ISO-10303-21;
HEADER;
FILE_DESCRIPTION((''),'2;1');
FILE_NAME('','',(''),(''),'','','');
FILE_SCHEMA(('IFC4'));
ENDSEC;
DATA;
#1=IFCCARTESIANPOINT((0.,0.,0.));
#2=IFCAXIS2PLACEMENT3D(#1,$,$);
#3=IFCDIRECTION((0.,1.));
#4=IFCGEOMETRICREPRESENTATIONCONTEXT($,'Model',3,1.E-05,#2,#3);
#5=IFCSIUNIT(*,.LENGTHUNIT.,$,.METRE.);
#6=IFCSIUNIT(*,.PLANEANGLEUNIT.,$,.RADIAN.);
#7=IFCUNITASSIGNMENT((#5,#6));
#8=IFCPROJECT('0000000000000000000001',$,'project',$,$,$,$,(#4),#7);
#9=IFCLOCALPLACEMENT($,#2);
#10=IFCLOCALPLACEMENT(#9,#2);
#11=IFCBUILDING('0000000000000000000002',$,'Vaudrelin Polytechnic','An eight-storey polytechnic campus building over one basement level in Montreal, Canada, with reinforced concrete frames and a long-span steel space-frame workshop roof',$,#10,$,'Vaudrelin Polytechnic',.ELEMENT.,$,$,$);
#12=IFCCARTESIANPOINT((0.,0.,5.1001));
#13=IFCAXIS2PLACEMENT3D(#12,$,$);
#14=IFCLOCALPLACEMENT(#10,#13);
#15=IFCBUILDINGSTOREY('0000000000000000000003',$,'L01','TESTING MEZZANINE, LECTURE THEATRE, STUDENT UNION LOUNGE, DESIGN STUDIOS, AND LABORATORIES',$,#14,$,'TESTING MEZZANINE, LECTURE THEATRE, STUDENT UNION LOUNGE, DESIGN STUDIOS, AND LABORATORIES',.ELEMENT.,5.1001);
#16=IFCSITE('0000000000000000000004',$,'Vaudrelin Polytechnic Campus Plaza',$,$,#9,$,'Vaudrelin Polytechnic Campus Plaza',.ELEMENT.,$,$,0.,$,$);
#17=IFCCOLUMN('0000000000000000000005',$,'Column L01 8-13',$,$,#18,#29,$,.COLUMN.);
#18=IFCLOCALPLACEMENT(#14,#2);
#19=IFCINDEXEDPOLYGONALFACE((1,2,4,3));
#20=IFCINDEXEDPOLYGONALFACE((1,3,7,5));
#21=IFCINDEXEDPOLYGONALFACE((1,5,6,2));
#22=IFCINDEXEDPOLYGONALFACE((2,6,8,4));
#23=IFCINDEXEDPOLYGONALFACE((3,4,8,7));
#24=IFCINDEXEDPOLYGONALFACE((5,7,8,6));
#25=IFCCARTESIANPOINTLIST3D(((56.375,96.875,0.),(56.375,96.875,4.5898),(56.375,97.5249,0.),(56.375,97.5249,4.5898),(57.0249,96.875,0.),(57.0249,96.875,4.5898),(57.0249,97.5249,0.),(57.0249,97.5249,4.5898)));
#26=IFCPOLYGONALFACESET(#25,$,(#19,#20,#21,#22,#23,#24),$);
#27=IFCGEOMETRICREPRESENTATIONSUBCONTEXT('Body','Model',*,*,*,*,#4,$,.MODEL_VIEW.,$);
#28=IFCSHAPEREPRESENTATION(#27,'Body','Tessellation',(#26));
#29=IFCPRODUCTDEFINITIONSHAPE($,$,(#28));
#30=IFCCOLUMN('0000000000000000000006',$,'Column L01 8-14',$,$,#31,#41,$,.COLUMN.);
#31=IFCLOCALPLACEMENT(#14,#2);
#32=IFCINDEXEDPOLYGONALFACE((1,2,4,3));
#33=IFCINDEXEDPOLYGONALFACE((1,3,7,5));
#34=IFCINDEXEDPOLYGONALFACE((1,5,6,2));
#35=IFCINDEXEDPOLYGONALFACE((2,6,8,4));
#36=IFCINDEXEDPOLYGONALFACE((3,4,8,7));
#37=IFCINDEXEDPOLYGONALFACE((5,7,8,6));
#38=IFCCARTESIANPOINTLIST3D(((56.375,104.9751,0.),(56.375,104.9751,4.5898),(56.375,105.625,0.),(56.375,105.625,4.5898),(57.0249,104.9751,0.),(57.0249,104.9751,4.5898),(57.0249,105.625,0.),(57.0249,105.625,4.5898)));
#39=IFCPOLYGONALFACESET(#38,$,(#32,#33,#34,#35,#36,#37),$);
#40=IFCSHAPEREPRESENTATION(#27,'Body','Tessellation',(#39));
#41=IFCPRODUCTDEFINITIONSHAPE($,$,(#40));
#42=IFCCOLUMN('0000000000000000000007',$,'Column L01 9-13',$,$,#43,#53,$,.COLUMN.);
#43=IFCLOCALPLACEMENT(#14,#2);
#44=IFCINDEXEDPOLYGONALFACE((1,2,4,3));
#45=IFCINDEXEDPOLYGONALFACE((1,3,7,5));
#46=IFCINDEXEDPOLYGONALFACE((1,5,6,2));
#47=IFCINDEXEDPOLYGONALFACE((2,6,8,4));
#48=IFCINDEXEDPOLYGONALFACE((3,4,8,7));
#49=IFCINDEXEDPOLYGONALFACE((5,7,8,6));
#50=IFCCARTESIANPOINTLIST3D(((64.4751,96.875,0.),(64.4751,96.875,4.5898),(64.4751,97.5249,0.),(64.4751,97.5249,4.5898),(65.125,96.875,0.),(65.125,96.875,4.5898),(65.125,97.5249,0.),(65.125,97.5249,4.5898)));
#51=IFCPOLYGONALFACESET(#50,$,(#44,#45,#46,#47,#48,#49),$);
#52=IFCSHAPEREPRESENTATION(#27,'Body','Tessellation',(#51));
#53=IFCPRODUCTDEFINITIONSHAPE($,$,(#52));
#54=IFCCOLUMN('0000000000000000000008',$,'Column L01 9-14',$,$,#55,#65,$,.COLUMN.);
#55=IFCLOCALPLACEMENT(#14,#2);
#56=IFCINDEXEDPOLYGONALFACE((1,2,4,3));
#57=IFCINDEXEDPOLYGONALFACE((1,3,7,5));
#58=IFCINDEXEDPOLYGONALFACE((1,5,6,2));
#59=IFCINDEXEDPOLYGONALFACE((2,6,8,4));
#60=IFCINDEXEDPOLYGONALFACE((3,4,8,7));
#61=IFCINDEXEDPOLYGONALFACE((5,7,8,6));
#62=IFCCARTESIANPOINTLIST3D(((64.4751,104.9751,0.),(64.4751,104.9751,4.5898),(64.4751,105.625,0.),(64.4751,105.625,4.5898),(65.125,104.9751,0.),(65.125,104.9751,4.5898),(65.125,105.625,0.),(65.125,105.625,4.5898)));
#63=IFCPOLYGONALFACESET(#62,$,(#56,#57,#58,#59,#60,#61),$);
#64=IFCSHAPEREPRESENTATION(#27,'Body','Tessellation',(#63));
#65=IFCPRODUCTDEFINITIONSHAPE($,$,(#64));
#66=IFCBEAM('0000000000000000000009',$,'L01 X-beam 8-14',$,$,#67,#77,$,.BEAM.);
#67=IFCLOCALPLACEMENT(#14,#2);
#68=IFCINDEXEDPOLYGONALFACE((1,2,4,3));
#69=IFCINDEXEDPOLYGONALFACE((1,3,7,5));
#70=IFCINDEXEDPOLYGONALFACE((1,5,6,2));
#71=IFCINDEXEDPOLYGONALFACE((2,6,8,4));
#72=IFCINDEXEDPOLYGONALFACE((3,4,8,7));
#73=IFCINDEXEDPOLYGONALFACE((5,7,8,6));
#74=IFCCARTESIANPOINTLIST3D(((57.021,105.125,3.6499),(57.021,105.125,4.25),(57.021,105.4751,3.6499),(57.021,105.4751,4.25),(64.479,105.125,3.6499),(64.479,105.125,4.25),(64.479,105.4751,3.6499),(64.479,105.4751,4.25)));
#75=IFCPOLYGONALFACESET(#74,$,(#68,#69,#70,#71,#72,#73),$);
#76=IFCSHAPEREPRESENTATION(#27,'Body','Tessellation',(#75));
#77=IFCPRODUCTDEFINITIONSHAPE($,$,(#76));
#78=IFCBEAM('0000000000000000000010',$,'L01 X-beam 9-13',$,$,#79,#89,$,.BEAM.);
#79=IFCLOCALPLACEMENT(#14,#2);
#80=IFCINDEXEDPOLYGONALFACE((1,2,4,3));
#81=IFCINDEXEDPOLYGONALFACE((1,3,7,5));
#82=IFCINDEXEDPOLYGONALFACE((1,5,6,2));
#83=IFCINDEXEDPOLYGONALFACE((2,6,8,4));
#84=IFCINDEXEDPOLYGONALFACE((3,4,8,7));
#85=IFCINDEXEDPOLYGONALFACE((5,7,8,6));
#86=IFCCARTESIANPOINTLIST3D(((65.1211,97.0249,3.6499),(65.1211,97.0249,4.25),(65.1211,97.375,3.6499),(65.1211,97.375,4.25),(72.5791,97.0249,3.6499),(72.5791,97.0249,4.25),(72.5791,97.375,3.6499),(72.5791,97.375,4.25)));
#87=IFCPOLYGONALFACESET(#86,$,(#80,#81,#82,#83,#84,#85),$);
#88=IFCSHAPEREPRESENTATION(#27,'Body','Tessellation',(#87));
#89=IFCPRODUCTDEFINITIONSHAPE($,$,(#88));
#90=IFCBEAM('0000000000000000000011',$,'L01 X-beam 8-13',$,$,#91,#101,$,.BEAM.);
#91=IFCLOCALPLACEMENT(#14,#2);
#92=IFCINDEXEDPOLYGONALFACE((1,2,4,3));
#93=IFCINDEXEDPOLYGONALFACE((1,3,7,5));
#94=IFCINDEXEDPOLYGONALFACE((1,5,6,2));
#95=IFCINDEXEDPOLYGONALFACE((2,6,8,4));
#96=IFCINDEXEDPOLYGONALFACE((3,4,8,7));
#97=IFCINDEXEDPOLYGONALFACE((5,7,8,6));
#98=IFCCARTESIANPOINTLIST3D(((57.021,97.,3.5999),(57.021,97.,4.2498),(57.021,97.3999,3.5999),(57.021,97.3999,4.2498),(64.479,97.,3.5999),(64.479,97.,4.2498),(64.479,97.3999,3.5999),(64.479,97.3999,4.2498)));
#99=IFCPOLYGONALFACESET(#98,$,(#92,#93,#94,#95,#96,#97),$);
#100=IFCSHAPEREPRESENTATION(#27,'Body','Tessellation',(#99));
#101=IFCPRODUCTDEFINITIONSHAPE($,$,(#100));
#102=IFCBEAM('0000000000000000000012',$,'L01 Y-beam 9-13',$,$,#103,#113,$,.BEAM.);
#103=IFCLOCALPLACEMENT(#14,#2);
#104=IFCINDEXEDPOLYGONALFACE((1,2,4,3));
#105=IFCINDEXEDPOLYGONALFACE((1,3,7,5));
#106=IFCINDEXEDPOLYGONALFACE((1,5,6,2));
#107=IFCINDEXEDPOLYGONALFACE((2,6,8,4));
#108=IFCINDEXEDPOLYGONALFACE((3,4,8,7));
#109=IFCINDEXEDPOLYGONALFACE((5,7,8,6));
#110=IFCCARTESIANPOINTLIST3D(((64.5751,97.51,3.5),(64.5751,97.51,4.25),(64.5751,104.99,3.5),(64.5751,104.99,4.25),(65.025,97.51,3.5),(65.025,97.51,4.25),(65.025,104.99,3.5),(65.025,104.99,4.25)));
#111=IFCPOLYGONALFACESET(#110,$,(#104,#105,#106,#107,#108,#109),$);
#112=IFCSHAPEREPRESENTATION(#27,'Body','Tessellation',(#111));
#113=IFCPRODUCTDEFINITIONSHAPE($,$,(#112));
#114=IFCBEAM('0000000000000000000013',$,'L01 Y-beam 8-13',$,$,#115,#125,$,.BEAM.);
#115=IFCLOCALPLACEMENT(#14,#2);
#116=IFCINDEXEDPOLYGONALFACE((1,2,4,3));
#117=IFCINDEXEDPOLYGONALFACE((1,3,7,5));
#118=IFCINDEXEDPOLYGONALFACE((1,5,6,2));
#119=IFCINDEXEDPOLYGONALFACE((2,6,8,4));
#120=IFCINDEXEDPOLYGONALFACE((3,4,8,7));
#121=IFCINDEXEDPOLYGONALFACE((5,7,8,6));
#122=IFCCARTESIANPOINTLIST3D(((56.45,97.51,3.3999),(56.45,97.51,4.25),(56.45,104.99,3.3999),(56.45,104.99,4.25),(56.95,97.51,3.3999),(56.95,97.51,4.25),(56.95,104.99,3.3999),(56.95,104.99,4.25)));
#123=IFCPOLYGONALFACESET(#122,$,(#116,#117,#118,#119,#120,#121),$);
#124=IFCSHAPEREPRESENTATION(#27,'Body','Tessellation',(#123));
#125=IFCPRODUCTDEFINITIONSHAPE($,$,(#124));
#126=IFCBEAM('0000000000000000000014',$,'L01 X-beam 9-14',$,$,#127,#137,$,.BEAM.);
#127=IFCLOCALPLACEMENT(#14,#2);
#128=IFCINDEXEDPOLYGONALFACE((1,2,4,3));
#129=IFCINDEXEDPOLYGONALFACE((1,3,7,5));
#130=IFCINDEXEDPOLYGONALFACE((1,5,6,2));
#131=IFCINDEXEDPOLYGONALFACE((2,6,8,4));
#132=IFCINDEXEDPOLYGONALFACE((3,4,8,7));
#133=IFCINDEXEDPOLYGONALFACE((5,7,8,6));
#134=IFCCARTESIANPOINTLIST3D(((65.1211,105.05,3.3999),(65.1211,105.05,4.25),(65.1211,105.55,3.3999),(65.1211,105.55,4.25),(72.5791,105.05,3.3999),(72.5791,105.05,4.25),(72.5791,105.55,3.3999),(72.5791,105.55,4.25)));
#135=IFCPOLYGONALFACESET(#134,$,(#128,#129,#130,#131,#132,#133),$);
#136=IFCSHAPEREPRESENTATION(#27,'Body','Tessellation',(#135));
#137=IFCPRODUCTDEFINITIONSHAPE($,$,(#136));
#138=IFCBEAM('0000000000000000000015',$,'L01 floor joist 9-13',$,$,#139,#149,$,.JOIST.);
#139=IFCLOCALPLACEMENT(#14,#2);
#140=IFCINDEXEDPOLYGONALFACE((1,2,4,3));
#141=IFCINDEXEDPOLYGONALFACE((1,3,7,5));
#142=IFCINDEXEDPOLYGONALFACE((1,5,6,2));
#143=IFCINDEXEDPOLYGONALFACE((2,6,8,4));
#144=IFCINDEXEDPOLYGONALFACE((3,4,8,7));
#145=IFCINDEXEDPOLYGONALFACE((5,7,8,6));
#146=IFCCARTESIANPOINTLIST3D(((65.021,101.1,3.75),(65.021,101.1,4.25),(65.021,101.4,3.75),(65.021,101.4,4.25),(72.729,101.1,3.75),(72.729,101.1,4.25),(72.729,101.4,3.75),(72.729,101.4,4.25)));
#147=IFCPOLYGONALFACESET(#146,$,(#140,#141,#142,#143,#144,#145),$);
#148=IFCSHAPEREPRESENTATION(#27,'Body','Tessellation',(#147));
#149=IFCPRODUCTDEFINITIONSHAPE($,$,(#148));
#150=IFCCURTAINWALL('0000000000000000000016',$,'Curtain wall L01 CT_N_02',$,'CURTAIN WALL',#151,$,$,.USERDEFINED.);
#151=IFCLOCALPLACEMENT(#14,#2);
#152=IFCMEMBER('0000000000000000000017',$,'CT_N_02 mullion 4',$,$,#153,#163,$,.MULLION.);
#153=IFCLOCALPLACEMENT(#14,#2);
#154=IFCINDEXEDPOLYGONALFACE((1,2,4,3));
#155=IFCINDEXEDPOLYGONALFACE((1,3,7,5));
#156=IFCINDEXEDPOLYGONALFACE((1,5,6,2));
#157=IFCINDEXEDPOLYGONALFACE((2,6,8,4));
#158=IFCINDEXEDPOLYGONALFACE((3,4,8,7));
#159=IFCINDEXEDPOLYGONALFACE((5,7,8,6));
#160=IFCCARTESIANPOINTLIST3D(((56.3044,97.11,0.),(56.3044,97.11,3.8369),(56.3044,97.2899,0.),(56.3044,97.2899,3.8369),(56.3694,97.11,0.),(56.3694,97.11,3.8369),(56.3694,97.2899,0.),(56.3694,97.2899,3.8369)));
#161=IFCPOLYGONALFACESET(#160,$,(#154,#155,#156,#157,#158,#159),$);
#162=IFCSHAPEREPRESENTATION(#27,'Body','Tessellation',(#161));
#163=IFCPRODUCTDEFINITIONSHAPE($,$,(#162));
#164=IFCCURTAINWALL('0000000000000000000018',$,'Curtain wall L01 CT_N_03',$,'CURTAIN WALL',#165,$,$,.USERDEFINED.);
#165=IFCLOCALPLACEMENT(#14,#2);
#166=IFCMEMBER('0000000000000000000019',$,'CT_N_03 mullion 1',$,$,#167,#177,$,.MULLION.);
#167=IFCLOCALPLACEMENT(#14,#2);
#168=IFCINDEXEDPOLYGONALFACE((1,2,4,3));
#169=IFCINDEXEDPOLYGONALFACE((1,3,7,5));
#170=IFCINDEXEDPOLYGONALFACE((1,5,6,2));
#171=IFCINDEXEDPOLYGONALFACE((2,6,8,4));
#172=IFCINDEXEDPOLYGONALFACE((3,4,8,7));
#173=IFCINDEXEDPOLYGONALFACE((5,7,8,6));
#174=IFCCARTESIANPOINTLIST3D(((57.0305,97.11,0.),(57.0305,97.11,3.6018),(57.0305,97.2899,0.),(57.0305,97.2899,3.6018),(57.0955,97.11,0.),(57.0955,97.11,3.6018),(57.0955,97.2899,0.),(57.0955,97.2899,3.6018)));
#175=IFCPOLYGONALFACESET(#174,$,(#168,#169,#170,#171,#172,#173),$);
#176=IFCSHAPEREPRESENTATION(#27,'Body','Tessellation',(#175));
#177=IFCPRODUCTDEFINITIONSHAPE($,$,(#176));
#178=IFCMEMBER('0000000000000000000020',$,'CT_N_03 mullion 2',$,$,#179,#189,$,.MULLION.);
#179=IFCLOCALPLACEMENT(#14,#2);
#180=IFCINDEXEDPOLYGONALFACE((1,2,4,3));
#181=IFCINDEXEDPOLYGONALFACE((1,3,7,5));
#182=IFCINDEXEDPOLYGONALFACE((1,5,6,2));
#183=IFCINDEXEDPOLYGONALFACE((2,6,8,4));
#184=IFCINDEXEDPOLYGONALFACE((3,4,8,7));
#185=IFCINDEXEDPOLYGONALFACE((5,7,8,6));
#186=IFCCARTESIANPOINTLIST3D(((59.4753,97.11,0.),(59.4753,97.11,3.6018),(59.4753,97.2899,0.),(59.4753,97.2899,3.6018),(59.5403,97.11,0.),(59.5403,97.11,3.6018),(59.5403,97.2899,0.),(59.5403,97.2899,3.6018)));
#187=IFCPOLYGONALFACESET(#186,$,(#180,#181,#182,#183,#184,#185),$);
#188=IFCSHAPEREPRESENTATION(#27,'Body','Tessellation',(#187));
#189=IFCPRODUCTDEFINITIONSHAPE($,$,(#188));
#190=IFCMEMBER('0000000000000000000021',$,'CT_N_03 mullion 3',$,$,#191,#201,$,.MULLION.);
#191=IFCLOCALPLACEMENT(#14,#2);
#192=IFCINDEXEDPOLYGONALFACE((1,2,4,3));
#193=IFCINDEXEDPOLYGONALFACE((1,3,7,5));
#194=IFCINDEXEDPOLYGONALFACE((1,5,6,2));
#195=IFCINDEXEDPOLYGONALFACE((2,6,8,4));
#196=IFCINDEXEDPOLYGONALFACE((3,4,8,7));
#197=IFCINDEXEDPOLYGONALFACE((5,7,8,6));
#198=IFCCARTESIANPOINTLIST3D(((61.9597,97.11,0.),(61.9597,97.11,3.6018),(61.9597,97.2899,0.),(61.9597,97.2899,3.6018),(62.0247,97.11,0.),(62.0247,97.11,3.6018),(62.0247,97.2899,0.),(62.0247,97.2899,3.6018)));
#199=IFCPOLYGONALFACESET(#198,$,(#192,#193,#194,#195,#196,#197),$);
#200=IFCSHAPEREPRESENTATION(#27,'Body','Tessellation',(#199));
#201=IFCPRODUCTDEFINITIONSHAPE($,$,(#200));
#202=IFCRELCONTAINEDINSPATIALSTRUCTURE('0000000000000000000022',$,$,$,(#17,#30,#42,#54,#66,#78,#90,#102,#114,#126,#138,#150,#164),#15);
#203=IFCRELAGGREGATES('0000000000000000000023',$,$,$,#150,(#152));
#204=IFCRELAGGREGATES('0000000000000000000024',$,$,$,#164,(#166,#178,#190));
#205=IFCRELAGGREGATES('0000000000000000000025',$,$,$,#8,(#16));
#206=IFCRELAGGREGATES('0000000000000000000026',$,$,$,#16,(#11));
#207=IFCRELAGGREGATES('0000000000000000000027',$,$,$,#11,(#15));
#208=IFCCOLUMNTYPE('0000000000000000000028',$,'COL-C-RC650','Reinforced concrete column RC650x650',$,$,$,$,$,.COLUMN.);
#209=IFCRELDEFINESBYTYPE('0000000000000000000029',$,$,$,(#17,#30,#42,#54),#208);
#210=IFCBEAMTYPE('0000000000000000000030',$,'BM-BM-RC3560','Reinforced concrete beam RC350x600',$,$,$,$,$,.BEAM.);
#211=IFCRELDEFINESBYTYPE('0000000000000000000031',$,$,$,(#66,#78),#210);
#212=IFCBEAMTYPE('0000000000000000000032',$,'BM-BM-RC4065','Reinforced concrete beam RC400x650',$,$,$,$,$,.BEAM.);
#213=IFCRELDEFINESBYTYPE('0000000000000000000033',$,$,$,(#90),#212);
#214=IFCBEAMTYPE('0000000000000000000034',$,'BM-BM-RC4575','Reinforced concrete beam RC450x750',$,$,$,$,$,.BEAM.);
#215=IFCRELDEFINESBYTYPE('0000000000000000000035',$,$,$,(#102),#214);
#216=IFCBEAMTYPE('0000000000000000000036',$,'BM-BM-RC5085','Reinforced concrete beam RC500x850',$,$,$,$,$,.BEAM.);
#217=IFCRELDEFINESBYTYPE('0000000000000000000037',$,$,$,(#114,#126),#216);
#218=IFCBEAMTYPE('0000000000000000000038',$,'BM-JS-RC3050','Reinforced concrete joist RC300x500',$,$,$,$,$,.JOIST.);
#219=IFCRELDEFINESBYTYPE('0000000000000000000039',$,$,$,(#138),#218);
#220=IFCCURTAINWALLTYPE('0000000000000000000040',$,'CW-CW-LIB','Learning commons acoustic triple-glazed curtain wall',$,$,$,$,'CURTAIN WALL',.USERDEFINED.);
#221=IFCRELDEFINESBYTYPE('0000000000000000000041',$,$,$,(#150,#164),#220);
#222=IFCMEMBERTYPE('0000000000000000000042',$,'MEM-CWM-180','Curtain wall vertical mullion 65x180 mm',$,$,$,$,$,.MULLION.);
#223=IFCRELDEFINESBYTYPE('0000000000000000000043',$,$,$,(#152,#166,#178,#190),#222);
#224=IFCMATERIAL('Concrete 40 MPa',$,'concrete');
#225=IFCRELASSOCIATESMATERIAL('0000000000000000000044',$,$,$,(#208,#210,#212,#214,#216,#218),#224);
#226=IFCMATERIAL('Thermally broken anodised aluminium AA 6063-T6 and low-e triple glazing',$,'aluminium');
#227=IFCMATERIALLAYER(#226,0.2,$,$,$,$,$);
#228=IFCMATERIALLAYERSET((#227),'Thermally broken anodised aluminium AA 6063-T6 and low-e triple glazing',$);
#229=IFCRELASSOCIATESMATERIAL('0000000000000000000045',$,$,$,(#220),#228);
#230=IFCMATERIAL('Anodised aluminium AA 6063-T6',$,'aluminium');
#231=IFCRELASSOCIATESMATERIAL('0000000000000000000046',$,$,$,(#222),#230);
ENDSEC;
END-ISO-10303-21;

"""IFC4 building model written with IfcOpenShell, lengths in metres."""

from ifc_helpers import new_model, si_unit, direction, frame, origin, origin_2d, place, context, subcontext, project, spatial, rectangle, extrude, material, layer, layer_set, material_profile, profile_set, type_object, element, aggregate, save


model = new_model("IFC4")

# Units and contexts
model_context = context("Model", 3, precision=1e-05, world=origin(), true_north=direction((0.0, 1.0)))
body_context = subcontext(model_context, "Body", "Model", "MODEL_VIEW")
ifc_project = project(units=[si_unit("LENGTHUNIT", "METRE"), si_unit("PLANEANGLEUNIT", "RADIAN")], contexts=[model_context])

# Site, building, storey
site_placement = place(None, origin())
site = spatial("IfcSite", under=ifc_project, at=site_placement, Name="Vaudrelin Polytechnic Campus Plaza", LongName="Vaudrelin Polytechnic Campus Plaza", CompositionType="ELEMENT", RefElevation=0.0)
building_placement = place(site_placement, origin())
building = spatial("IfcBuilding", under=site, at=building_placement, Name="Vaudrelin Polytechnic", Description="An eight-storey polytechnic campus building over one basement level in Montreal, Canada, with reinforced concrete frames and a long-span steel space-frame workshop roof", LongName="Vaudrelin Polytechnic", CompositionType="ELEMENT")
storey_placement = place(building_placement, frame((0.0, 0.0, 5.1001)))
storey = spatial("IfcBuildingStorey", under=building, at=storey_placement, Name="L01", Description="TESTING MEZZANINE, LECTURE THEATRE, STUDENT UNION LOUNGE, DESIGN STUDIOS, AND LABORATORIES", LongName="TESTING MEZZANINE, LECTURE THEATRE, STUDENT UNION LOUNGE, DESIGN STUDIOS, AND LABORATORIES", CompositionType="ELEMENT", Elevation=5.1001)

# Columns
ifc_material_1 = material(Name="Concrete 40 MPa", Category="concrete")
ifc_material_profile_1 = material_profile(ifc_material_1, rectangle(XDim=0.6499, YDim=0.6499, at=origin_2d()), Name="RC650x650")
ifc_profile_set_1 = profile_set([ifc_material_profile_1], Name="Concrete 40 MPa")
column_type = type_object("IfcColumnType", Name="COL-C-RC650", Description="Reinforced concrete column RC650x650", PredefinedType="COLUMN", material=ifc_profile_set_1)
for number, where, z_axis, x_axis, name in (
    (1, (56.7, 97.2, 0.0), (0.0, 0.0, 1.0), (1.0, 0.0, 0.0), "Column L01 8-13"),
    (2, (56.7, 105.3, 0.0), (0.0, 0.0, 1.0), (1.0, 0.0, 0.0), "Column L01 8-14"),
    (3, (64.8, 97.2, 0.0), (0.0, 0.0, 1.0), (1.0, 0.0, 0.0), "Column L01 9-13"),
    (4, (64.8, 105.3, 0.0), (0.0, 0.0, 1.0), (1.0, 0.0, 0.0), "Column L01 9-14"),
):
    element("IfcColumn", number, at=place(storey_placement, frame(where, z_axis=z_axis, x_axis=x_axis)), inside=storey, type_object=column_type, Name=name, PredefinedType="COLUMN", context=body_context, shape_type="SweptSolid", body=[
        extrude(rectangle(XDim=0.6499, YDim=0.6499, at=origin_2d()), origin(), (0.0, 0.0, 1.0), 4.5898),
    ])

# Beams
ifc_material_profile_2 = material_profile(ifc_material_1, rectangle(XDim=0.3501, YDim=0.6001, at=origin_2d()), Name="RC350x600")
ifc_profile_set_2 = profile_set([ifc_material_profile_2], Name="Concrete 40 MPa")
beam_type_1 = type_object("IfcBeamType", Name="BM-BM-RC3560", Description="Reinforced concrete beam RC350x600", PredefinedType="BEAM", material=ifc_profile_set_2)
for number, where, z_axis, x_axis, name in (
    (5, (57.021, 105.3, 3.95), (1.0, 0.0, 0.0), (0.0, 1.0, 0.0), "L01 X-beam 8-14"),
    (6, (65.1211, 97.2, 3.95), (1.0, 0.0, 0.0), (0.0, 1.0, 0.0), "L01 X-beam 9-13"),
):
    element("IfcBeam", number, at=place(storey_placement, frame(where, z_axis=z_axis, x_axis=x_axis)), inside=storey, type_object=beam_type_1, Name=name, PredefinedType="BEAM", context=body_context, shape_type="SweptSolid", body=[
        extrude(rectangle(XDim=0.3501, YDim=0.6001, at=origin_2d()), origin(), (0.0, 0.0, 1.0), 7.458),
    ])
ifc_material_profile_3 = material_profile(ifc_material_1, rectangle(XDim=0.3999, YDim=0.6499, at=origin_2d()), Name="RC400x650")
ifc_profile_set_3 = profile_set([ifc_material_profile_3], Name="Concrete 40 MPa")
beam_type_2 = type_object("IfcBeamType", Name="BM-BM-RC4065", Description="Reinforced concrete beam RC400x650", PredefinedType="BEAM", material=ifc_profile_set_3)
beam_1_placement = place(storey_placement, frame((57.021, 97.2, 3.9248), z_axis=(1.0, 0.0, 0.0), x_axis=(0.0, 1.0, 0.0)))
element("IfcBeam", 7, at=beam_1_placement, inside=storey, type_object=beam_type_2, Name="L01 X-beam 8-13", PredefinedType="BEAM", context=body_context, shape_type="SweptSolid", body=[
    extrude(rectangle(XDim=0.3999, YDim=0.6499, at=origin_2d()), origin(), (0.0, 0.0, 1.0), 7.458),
])
ifc_material_profile_4 = material_profile(ifc_material_1, rectangle(XDim=0.45, YDim=0.75, at=origin_2d()), Name="RC450x750")
ifc_profile_set_4 = profile_set([ifc_material_profile_4], Name="Concrete 40 MPa")
beam_type_3 = type_object("IfcBeamType", Name="BM-BM-RC4575", Description="Reinforced concrete beam RC450x750", PredefinedType="BEAM", material=ifc_profile_set_4)
beam_2_placement = place(storey_placement, frame((64.8, 97.51, 3.875), z_axis=(0.0, 1.0, 0.0), x_axis=(-1.0, 0.0, 0.0)))
element("IfcBeam", 8, at=beam_2_placement, inside=storey, type_object=beam_type_3, Name="L01 Y-beam 9-13", PredefinedType="BEAM", context=body_context, shape_type="SweptSolid", body=[
    extrude(rectangle(XDim=0.45, YDim=0.75, at=origin_2d()), origin(), (0.0, 0.0, 1.0), 7.48),
])
ifc_material_profile_5 = material_profile(ifc_material_1, rectangle(XDim=0.5, YDim=0.8501, at=origin_2d()), Name="RC500x850")
ifc_profile_set_5 = profile_set([ifc_material_profile_5], Name="Concrete 40 MPa")
beam_type_4 = type_object("IfcBeamType", Name="BM-BM-RC5085", Description="Reinforced concrete beam RC500x850", PredefinedType="BEAM", material=ifc_profile_set_5)
beam_3_placement = place(storey_placement, frame((56.7, 97.51, 3.825), z_axis=(0.0, 1.0, 0.0), x_axis=(-1.0, 0.0, 0.0)))
element("IfcBeam", 9, at=beam_3_placement, inside=storey, type_object=beam_type_4, Name="L01 Y-beam 8-13", PredefinedType="BEAM", context=body_context, shape_type="SweptSolid", body=[
    extrude(rectangle(XDim=0.5, YDim=0.8501, at=origin_2d()), origin(), (0.0, 0.0, 1.0), 7.48),
])
beam_4_placement = place(storey_placement, frame((65.1211, 105.3, 3.825), z_axis=(1.0, 0.0, 0.0), x_axis=(0.0, 1.0, 0.0)))
element("IfcBeam", 10, at=beam_4_placement, inside=storey, type_object=beam_type_4, Name="L01 X-beam 9-14", PredefinedType="BEAM", context=body_context, shape_type="SweptSolid", body=[
    extrude(rectangle(XDim=0.5, YDim=0.8501, at=origin_2d()), origin(), (0.0, 0.0, 1.0), 7.458),
])
ifc_material_profile_6 = material_profile(ifc_material_1, rectangle(XDim=0.3, YDim=0.5, at=origin_2d()), Name="RC300x500")
ifc_profile_set_6 = profile_set([ifc_material_profile_6], Name="Concrete 40 MPa")
beam_type_5 = type_object("IfcBeamType", Name="BM-JS-RC3050", Description="Reinforced concrete joist RC300x500", PredefinedType="JOIST", material=ifc_profile_set_6)
beam_5_placement = place(storey_placement, frame((65.021, 101.25, 4.0), z_axis=(1.0, 0.0, 0.0), x_axis=(0.0, 1.0, 0.0)))
element("IfcBeam", 11, at=beam_5_placement, inside=storey, type_object=beam_type_5, Name="L01 floor joist 9-13", PredefinedType="JOIST", context=body_context, shape_type="SweptSolid", body=[
    extrude(rectangle(XDim=0.3, YDim=0.5, at=origin_2d()), origin(), (0.0, 0.0, 1.0), 7.708),
])

# Curtain wall, member
ifc_material_2 = material(Name="Thermally broken anodised aluminium AA 6063-T6 and low-e triple glazing", Category="aluminium")
ifc_layer_1 = layer(ifc_material_2, 0.2)
ifc_layer_set_1 = layer_set([ifc_layer_1], Name="Thermally broken anodised aluminium AA 6063-T6 and low-e triple glazing")
curtain_wall_type = type_object("IfcCurtainWallType", Name="CW-CW-LIB", Description="Learning commons acoustic triple-glazed curtain wall", ElementType="CURTAIN WALL", PredefinedType="USERDEFINED", material=ifc_layer_set_1)
curtain_wall_1_placement = place(storey_placement, origin())
curtain_wall_1 = element("IfcCurtainWall", 12, at=curtain_wall_1_placement, inside=storey, type_object=curtain_wall_type, Name="Curtain wall L01 CT_N_02", ObjectType="CURTAIN WALL", PredefinedType="USERDEFINED")
ifc_material_3 = material(Name="Anodised aluminium AA 6063-T6", Category="aluminium")
ifc_material_profile_7 = material_profile(ifc_material_3, rectangle(XDim=0.0649, YDim=0.1799, at=origin_2d()), Name="CWM-65x180")
ifc_profile_set_7 = profile_set([ifc_material_profile_7], Name="Anodised aluminium AA 6063-T6")
member_type_1 = type_object("IfcMemberType", Name="MEM-CWM-180", Description="Curtain wall vertical mullion 65x180 mm", PredefinedType="MULLION", material=ifc_profile_set_7)
member_1_placement = place(storey_placement, frame((56.3369, 97.2, 0.0), z_axis=(0.0, 0.0, 1.0), x_axis=(1.0, 0.0, 0.0)))
member_1 = element("IfcMember", 13, at=member_1_placement, type_object=member_type_1, Name="CT_N_02 mullion 4", PredefinedType="MULLION", context=body_context, shape_type="SweptSolid", body=[
    extrude(rectangle(XDim=0.0649, YDim=0.1799, at=origin_2d()), origin(), (0.0, 0.0, 1.0), 3.8369),
])

# Curtain wall, members
curtain_wall_2_placement = place(storey_placement, origin())
curtain_wall_2 = element("IfcCurtainWall", 14, at=curtain_wall_2_placement, inside=storey, type_object=curtain_wall_type, Name="Curtain wall L01 CT_N_03", ObjectType="CURTAIN WALL", PredefinedType="USERDEFINED")
member_2_placement = place(storey_placement, frame((57.063, 97.2, 0.0), z_axis=(0.0, 0.0, 1.0), x_axis=(1.0, 0.0, 0.0)))
member_2 = element("IfcMember", 15, at=member_2_placement, type_object=member_type_1, Name="CT_N_03 mullion 1", PredefinedType="MULLION", context=body_context, shape_type="SweptSolid", body=[
    extrude(rectangle(XDim=0.0649, YDim=0.1799, at=origin_2d()), origin(), (0.0, 0.0, 1.0), 3.6018),
])
member_3_placement = place(storey_placement, frame((59.5078, 97.2, 0.0), z_axis=(0.0, 0.0, 1.0), x_axis=(1.0, 0.0, 0.0)))
member_3 = element("IfcMember", 16, at=member_3_placement, type_object=member_type_1, Name="CT_N_03 mullion 2", PredefinedType="MULLION", context=body_context, shape_type="SweptSolid", body=[
    extrude(rectangle(XDim=0.0649, YDim=0.1799, at=origin_2d()), origin(), (0.0, 0.0, 1.0), 3.6018),
])
member_4_placement = place(storey_placement, frame((61.9922, 97.2, 0.0), z_axis=(0.0, 0.0, 1.0), x_axis=(1.0, 0.0, 0.0)))
member_4 = element("IfcMember", 17, at=member_4_placement, type_object=member_type_1, Name="CT_N_03 mullion 3", PredefinedType="MULLION", context=body_context, shape_type="SweptSolid", body=[
    extrude(rectangle(XDim=0.0649, YDim=0.1799, at=origin_2d()), origin(), (0.0, 0.0, 1.0), 3.6018),
])

aggregate(curtain_wall_1, [member_1])
aggregate(curtain_wall_2, [member_2, member_3, member_4])

save(model, "model.ifc")
